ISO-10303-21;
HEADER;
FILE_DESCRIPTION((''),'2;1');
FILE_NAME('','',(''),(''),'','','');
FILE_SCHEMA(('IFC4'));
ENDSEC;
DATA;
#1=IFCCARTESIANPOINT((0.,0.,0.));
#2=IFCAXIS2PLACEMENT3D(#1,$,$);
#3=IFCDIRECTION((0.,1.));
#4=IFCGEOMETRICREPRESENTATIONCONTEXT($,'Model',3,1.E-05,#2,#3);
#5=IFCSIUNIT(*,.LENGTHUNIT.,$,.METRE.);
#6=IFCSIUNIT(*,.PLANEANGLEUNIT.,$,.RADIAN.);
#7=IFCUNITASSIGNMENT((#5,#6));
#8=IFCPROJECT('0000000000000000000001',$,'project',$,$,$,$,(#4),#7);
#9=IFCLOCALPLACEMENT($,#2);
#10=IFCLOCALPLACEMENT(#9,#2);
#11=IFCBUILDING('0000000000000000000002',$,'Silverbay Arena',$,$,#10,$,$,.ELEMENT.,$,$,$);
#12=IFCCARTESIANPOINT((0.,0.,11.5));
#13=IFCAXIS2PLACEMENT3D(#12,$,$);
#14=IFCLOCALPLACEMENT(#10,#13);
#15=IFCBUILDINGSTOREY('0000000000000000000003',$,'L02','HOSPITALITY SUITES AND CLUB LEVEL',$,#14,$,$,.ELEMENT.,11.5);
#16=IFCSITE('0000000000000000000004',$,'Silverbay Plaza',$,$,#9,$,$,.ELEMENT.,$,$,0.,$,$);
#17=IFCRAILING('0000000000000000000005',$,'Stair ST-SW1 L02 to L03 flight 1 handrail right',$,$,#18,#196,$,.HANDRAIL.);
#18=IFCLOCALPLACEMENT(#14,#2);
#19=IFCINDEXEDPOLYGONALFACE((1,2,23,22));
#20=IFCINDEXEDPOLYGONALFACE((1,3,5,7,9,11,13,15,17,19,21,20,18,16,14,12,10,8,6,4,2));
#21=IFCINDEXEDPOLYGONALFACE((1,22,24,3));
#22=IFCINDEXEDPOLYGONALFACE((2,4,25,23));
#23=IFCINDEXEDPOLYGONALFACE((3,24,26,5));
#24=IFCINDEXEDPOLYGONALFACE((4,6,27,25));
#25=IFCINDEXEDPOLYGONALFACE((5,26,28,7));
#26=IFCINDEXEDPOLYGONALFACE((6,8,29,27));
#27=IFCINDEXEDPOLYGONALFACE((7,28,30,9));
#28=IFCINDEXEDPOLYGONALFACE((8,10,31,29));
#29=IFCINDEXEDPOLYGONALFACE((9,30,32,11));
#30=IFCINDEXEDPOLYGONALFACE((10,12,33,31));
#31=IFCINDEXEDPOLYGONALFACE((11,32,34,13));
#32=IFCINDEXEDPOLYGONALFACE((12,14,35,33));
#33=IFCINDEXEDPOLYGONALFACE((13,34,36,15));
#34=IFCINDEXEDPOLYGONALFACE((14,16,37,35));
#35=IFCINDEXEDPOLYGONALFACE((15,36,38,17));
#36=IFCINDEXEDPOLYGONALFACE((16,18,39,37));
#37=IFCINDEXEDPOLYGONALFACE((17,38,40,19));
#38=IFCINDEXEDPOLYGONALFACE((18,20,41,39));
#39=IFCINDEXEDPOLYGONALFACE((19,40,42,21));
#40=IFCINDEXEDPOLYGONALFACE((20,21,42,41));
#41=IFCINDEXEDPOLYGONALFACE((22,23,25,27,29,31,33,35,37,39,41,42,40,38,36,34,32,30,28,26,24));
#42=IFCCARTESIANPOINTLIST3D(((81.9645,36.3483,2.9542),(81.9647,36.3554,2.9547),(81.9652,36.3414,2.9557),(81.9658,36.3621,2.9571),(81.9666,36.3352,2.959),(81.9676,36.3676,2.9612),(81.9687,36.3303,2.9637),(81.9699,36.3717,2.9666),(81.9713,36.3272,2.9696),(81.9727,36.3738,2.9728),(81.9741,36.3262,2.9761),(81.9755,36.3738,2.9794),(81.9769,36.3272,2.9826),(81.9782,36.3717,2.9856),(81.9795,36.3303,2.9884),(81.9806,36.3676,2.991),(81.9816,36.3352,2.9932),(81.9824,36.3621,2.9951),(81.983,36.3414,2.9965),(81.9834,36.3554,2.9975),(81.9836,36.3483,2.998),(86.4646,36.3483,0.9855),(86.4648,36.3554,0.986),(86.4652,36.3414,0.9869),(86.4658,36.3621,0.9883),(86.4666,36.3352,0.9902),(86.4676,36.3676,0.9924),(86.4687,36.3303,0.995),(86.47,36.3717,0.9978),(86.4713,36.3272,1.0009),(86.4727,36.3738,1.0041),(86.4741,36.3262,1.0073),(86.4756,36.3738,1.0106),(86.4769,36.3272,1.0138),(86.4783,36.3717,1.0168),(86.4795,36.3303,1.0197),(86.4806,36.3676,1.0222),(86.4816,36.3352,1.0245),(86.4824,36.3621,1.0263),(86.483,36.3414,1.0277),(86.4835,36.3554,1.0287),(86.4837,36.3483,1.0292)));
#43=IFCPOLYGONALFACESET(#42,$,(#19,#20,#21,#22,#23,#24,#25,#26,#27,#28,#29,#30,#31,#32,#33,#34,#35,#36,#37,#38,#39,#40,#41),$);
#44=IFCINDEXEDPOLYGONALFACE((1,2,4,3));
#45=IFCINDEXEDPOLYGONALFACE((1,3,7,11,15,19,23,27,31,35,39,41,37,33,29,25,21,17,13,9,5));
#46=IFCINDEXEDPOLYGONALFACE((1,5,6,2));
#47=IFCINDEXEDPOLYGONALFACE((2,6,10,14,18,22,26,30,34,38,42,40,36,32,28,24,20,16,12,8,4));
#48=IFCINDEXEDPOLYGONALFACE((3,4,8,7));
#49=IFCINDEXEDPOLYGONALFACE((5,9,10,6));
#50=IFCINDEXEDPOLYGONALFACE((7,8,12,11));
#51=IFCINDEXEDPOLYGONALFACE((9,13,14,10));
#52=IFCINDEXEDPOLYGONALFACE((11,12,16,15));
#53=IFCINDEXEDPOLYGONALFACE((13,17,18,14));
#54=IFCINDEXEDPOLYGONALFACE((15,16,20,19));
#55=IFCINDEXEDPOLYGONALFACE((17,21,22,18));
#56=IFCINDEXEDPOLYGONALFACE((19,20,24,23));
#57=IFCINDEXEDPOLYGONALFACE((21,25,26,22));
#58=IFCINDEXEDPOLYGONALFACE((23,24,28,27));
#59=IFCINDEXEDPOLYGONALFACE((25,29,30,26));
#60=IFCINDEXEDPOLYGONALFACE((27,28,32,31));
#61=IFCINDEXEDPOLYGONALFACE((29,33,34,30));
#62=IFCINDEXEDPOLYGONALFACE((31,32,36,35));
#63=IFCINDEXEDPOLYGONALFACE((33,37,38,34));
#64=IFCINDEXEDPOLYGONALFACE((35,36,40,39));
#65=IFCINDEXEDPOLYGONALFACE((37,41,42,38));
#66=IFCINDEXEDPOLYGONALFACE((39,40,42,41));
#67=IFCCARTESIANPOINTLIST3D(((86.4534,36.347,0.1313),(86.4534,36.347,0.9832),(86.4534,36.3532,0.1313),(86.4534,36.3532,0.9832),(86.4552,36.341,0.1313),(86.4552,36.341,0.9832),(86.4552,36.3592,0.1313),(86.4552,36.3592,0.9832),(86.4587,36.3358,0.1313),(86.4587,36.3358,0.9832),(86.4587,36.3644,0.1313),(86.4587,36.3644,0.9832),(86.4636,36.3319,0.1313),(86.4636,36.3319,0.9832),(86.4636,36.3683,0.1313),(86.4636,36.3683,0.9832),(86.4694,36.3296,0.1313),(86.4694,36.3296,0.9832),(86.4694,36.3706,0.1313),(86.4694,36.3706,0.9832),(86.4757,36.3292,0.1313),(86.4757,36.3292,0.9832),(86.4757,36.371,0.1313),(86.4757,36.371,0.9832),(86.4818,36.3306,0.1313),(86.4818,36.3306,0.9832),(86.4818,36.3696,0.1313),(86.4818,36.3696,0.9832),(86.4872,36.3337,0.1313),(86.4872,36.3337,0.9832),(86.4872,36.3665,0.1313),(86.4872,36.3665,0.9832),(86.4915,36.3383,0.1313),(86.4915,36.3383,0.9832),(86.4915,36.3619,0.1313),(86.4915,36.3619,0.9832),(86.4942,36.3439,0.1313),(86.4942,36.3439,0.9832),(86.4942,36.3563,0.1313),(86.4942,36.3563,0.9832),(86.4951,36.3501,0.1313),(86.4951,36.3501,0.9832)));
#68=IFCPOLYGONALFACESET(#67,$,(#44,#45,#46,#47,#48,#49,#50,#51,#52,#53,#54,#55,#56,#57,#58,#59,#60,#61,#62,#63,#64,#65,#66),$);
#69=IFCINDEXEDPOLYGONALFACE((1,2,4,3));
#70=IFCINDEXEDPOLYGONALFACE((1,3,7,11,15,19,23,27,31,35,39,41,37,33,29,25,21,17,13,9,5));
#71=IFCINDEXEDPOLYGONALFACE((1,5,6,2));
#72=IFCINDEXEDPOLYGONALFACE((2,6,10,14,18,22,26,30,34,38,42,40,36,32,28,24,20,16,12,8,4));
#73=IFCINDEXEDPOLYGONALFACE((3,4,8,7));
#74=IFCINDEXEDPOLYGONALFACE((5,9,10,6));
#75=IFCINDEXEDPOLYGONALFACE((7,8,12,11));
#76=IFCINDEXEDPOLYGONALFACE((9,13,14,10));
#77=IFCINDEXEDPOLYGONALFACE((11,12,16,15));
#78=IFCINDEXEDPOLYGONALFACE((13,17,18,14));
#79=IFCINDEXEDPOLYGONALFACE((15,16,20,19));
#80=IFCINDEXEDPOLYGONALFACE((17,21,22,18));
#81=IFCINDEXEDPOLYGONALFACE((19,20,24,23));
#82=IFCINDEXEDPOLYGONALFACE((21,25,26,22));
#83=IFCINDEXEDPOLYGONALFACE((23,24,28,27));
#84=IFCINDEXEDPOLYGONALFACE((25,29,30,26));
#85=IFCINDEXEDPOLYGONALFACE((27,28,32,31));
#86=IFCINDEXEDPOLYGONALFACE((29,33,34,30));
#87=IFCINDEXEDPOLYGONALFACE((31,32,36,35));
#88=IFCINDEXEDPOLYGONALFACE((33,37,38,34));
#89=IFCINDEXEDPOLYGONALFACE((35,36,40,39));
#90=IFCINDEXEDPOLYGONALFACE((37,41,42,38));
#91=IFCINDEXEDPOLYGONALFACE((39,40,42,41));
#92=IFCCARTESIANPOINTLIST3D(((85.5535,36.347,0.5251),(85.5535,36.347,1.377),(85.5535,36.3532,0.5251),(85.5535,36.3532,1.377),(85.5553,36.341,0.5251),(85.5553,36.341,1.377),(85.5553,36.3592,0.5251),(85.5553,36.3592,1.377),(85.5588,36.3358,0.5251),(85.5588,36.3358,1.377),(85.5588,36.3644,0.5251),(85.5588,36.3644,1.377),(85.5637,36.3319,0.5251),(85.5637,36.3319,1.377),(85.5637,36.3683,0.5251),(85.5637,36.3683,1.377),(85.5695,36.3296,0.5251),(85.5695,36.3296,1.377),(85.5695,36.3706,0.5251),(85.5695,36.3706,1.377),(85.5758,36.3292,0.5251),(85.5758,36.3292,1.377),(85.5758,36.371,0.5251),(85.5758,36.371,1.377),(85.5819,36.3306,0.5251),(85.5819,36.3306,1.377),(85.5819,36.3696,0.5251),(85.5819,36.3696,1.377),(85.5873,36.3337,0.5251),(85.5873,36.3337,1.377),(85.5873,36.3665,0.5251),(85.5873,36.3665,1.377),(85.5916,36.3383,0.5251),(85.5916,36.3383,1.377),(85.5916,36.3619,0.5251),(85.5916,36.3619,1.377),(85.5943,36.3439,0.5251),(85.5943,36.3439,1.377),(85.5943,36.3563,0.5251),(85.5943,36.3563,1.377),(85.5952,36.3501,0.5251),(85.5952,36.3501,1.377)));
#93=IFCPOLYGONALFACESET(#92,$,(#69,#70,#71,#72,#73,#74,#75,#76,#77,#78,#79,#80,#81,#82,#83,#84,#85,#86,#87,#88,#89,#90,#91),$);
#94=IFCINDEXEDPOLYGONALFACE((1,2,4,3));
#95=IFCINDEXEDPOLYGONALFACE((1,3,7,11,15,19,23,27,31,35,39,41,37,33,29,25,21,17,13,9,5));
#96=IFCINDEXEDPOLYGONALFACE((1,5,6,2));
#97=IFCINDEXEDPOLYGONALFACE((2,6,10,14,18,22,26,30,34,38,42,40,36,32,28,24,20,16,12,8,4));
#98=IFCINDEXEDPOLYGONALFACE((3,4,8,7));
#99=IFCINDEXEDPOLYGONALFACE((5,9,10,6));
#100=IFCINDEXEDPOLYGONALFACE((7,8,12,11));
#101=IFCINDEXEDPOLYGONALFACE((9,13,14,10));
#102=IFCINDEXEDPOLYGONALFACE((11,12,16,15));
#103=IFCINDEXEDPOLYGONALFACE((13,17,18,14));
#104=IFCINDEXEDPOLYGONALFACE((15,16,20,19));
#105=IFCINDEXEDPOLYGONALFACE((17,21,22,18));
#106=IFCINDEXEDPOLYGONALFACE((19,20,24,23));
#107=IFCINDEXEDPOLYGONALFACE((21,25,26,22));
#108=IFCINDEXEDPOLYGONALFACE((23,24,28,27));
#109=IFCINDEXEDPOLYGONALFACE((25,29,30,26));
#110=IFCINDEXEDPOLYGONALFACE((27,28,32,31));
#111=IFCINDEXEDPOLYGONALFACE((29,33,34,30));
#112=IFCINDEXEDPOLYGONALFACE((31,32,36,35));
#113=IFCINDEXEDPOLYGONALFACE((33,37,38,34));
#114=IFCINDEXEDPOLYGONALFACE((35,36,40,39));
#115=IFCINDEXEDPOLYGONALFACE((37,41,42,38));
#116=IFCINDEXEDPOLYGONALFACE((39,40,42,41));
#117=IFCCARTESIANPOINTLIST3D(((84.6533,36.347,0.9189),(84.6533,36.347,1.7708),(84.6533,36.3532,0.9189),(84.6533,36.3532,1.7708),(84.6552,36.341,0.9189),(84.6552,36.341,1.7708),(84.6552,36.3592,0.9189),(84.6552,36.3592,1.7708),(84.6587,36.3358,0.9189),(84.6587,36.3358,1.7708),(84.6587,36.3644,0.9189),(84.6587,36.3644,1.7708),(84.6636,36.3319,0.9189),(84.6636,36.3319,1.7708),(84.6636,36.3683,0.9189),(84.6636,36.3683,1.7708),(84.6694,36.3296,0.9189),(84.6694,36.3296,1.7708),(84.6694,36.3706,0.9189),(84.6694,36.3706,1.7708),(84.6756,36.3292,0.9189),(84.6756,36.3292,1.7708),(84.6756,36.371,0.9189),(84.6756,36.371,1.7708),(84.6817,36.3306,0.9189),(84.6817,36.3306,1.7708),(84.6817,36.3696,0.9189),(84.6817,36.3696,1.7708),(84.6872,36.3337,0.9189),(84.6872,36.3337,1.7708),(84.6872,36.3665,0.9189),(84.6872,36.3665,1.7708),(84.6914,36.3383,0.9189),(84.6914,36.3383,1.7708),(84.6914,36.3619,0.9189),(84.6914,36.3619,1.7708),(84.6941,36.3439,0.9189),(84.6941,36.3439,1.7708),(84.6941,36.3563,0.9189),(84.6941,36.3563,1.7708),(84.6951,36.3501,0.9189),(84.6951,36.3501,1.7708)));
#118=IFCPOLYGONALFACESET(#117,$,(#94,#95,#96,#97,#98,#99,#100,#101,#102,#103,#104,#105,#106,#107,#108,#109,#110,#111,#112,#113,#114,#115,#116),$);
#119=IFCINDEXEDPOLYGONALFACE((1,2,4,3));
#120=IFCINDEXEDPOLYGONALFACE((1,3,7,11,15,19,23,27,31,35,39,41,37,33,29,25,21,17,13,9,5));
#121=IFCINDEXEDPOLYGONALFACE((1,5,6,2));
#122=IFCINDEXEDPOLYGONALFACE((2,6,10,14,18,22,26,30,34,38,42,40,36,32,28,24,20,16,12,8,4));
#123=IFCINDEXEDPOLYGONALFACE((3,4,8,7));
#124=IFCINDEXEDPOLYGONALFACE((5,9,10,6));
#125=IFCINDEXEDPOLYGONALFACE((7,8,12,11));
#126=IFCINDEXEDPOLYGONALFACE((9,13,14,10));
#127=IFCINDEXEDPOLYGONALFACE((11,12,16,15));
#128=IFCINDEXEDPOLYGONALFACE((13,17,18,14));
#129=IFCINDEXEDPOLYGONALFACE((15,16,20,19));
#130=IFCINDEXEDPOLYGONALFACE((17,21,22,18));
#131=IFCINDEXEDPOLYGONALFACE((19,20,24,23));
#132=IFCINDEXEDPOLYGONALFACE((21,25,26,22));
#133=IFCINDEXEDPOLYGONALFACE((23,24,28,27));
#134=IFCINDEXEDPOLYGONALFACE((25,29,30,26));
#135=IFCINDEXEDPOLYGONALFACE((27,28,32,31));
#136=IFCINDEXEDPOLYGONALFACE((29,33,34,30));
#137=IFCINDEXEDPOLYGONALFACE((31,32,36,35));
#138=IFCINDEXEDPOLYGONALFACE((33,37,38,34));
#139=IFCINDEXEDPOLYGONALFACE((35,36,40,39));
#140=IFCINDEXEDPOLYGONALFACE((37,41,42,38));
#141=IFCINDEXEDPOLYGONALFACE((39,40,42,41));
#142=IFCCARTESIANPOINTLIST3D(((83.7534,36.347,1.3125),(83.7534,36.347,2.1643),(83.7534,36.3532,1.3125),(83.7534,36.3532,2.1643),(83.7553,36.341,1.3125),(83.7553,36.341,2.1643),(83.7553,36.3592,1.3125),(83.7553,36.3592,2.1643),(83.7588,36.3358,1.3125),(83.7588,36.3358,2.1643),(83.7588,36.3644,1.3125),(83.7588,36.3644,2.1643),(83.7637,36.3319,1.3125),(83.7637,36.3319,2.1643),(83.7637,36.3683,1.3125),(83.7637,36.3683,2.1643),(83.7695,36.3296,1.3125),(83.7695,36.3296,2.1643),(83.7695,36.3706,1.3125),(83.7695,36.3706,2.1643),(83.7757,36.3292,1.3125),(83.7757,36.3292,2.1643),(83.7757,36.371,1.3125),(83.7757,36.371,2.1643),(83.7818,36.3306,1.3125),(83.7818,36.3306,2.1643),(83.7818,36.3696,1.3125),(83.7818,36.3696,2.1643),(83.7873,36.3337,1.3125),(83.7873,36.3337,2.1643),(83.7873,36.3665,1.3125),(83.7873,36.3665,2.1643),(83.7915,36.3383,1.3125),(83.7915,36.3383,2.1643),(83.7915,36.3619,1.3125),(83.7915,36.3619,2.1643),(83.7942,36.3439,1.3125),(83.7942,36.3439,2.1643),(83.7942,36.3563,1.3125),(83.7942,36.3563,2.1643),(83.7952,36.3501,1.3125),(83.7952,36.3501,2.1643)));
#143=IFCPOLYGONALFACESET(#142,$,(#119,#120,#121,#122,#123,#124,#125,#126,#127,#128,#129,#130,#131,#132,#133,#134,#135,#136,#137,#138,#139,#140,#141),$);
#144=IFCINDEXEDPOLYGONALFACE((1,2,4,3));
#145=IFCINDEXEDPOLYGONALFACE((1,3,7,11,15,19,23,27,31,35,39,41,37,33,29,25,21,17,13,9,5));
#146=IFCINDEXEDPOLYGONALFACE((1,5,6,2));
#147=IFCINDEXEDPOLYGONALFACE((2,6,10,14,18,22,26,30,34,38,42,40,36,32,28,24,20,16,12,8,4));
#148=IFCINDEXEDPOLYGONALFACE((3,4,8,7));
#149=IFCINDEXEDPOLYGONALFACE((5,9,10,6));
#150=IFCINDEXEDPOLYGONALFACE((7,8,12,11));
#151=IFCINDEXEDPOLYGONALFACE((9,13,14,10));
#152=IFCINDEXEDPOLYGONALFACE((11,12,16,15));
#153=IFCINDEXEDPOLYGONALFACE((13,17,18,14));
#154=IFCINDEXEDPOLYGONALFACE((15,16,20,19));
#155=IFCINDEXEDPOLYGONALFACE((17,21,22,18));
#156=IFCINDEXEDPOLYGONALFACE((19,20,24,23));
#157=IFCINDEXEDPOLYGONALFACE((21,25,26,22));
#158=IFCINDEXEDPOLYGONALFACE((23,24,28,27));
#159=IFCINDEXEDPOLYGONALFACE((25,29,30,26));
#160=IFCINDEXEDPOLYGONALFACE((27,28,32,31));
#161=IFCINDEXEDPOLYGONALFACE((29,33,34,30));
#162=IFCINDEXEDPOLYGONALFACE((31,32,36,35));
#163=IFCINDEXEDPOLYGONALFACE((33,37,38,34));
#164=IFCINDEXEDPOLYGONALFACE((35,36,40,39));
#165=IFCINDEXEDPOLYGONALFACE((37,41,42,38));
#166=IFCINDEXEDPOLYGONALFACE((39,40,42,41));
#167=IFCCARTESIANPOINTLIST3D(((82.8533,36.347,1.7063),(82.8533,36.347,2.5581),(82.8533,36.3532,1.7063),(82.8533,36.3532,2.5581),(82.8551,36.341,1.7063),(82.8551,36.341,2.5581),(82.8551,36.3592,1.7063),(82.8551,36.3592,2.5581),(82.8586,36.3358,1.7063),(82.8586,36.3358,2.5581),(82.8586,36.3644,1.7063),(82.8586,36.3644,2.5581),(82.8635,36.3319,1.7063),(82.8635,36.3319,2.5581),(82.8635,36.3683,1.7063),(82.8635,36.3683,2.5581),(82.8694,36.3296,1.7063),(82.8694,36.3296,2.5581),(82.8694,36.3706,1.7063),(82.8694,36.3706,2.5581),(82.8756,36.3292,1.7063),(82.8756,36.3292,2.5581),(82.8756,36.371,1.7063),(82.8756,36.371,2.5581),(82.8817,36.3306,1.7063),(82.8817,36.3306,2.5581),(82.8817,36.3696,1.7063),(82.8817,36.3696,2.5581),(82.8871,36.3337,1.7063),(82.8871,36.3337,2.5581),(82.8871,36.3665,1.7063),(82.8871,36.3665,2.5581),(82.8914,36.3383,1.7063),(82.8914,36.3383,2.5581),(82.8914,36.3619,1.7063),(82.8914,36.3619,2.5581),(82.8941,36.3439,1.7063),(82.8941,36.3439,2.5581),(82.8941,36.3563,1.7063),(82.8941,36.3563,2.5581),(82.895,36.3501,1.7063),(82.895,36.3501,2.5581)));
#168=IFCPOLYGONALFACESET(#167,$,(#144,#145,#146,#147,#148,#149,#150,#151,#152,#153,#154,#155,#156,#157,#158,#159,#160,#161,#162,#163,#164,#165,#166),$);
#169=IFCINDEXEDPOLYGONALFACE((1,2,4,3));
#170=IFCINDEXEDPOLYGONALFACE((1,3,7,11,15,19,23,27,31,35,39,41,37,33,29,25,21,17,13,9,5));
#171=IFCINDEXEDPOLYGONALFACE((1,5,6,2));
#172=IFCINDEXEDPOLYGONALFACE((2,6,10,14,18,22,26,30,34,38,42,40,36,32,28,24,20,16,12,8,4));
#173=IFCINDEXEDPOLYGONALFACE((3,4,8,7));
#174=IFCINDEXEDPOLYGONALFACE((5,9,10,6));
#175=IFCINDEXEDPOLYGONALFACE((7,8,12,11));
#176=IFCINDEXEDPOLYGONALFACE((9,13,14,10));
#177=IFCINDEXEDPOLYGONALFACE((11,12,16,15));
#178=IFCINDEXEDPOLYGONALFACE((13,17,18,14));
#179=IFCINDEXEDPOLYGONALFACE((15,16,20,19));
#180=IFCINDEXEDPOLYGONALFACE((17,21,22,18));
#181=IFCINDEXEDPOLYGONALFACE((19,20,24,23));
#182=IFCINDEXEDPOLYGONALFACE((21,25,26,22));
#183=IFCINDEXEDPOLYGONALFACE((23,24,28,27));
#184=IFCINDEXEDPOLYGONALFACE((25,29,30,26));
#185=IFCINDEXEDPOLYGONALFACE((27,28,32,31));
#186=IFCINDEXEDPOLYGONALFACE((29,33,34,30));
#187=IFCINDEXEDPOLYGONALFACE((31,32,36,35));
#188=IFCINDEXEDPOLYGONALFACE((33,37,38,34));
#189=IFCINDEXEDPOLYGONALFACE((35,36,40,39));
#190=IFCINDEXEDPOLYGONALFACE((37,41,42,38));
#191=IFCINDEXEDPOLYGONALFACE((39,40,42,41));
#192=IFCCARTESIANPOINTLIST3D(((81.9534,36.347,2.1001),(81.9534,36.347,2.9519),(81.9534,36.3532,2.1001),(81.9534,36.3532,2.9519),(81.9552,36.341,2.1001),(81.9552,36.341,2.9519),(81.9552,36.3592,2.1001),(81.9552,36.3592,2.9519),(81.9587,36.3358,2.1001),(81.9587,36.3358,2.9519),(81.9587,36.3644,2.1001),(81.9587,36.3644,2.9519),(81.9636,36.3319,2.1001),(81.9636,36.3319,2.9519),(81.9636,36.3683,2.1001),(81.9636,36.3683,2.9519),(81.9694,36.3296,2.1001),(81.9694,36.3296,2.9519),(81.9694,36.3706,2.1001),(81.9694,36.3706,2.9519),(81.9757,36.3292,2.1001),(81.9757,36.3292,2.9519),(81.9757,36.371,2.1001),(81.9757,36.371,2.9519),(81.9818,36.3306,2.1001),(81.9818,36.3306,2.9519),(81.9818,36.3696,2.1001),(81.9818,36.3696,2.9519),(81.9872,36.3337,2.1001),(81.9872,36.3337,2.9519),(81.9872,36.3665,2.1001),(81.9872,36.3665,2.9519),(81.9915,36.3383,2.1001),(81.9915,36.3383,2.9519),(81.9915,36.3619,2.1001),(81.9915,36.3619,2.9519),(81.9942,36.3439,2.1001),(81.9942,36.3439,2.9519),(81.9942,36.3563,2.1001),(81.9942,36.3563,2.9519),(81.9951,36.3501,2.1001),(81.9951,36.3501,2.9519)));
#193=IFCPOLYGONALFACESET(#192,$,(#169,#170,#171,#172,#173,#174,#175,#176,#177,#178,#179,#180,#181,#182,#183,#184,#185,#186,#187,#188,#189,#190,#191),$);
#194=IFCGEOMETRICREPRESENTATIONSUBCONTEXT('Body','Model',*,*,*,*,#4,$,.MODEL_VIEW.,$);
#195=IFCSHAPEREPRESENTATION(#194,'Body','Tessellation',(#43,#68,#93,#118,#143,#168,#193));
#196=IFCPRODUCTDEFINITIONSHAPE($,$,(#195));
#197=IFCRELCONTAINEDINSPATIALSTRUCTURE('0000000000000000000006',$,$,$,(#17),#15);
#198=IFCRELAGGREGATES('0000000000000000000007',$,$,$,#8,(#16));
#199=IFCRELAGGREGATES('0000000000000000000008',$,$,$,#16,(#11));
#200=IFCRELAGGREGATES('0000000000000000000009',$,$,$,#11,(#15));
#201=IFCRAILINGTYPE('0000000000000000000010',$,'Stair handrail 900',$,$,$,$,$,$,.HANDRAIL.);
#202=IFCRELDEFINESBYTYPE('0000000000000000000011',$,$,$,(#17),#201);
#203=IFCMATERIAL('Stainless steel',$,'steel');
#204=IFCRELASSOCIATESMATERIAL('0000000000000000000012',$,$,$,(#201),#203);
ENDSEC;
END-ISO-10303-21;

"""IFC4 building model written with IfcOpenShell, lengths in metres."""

from ifc_helpers import new_model, si_unit, direction, frame, origin, origin_2d, place, context, subcontext, project, spatial, circle, extrude, material, type_object, element, save


model = new_model("IFC4")

# Units and contexts
model_context = context("Model", 3, precision=1e-05, world=origin(), true_north=direction((0.0, 1.0)))
body_context = subcontext(model_context, "Body", "Model", "MODEL_VIEW")
ifc_project = project(units=[si_unit("LENGTHUNIT", "METRE"), si_unit("PLANEANGLEUNIT", "RADIAN")], contexts=[model_context])

# Site, building, storey
site_placement = place(None, origin())
site = spatial("IfcSite", under=ifc_project, at=site_placement, Name="Silverbay Plaza", CompositionType="ELEMENT", RefElevation=0.0)
building_placement = place(site_placement, origin())
building = spatial("IfcBuilding", under=site, at=building_placement, Name="Silverbay Arena", CompositionType="ELEMENT")
storey_placement = place(building_placement, frame((0.0, 0.0, 11.5)))
storey = spatial("IfcBuildingStorey", under=building, at=storey_placement, Name="L02", Description="HOSPITALITY SUITES AND CLUB LEVEL", CompositionType="ELEMENT", Elevation=11.5)

# Railing
ifc_material_1 = material(Name="Stainless steel", Category="steel")
railing_type_1 = type_object("IfcRailingType", Name="Stair handrail 900", PredefinedType="HANDRAIL", material=ifc_material_1)
for number, where, name in (
    (1, (86.4741, 36.3501, 0.1313), "Stair ST-SW1 L02 to L03 flight 1 handrail right"),
):
    element("IfcRailing", number, at=place(storey_placement, frame(where)), inside=storey, type_object=railing_type_1, Name=name, PredefinedType="HANDRAIL", context=body_context, shape_type="SweptSolid", body=[
        extrude(circle(Radius=0.0239, at=origin_2d()), frame((0.0, 0.0, 0.876), z_axis=(-0.916157, 0.0, 0.400819), x_axis=(0.0, -1.0, 0.0)), (0.0, 0.0, 1.0), 4.9119),
        extrude(circle(Radius=0.021, at=origin_2d()), origin(), (0.0, 0.0, 1.0), 0.8518),
        extrude(circle(Radius=0.021, at=origin_2d()), frame((-0.8999, 0.0, 0.3938)), (0.0, 0.0, 1.0), 0.8518),
        extrude(circle(Radius=0.021, at=origin_2d()), frame((-1.8, 0.0, 0.7876)), (0.0, 0.0, 1.0), 0.8518),
        extrude(circle(Radius=0.021, at=origin_2d()), frame((-2.7, 0.0, 1.1812)), (0.0, 0.0, 1.0), 0.8518),
        extrude(circle(Radius=0.021, at=origin_2d()), frame((-3.6001, 0.0, 1.575)), (0.0, 0.0, 1.0), 0.8518),
        extrude(circle(Radius=0.021, at=origin_2d()), frame((-4.5, 0.0, 1.9688)), (0.0, 0.0, 1.0), 0.8518),
    ])

save(model, "model.ifc")
